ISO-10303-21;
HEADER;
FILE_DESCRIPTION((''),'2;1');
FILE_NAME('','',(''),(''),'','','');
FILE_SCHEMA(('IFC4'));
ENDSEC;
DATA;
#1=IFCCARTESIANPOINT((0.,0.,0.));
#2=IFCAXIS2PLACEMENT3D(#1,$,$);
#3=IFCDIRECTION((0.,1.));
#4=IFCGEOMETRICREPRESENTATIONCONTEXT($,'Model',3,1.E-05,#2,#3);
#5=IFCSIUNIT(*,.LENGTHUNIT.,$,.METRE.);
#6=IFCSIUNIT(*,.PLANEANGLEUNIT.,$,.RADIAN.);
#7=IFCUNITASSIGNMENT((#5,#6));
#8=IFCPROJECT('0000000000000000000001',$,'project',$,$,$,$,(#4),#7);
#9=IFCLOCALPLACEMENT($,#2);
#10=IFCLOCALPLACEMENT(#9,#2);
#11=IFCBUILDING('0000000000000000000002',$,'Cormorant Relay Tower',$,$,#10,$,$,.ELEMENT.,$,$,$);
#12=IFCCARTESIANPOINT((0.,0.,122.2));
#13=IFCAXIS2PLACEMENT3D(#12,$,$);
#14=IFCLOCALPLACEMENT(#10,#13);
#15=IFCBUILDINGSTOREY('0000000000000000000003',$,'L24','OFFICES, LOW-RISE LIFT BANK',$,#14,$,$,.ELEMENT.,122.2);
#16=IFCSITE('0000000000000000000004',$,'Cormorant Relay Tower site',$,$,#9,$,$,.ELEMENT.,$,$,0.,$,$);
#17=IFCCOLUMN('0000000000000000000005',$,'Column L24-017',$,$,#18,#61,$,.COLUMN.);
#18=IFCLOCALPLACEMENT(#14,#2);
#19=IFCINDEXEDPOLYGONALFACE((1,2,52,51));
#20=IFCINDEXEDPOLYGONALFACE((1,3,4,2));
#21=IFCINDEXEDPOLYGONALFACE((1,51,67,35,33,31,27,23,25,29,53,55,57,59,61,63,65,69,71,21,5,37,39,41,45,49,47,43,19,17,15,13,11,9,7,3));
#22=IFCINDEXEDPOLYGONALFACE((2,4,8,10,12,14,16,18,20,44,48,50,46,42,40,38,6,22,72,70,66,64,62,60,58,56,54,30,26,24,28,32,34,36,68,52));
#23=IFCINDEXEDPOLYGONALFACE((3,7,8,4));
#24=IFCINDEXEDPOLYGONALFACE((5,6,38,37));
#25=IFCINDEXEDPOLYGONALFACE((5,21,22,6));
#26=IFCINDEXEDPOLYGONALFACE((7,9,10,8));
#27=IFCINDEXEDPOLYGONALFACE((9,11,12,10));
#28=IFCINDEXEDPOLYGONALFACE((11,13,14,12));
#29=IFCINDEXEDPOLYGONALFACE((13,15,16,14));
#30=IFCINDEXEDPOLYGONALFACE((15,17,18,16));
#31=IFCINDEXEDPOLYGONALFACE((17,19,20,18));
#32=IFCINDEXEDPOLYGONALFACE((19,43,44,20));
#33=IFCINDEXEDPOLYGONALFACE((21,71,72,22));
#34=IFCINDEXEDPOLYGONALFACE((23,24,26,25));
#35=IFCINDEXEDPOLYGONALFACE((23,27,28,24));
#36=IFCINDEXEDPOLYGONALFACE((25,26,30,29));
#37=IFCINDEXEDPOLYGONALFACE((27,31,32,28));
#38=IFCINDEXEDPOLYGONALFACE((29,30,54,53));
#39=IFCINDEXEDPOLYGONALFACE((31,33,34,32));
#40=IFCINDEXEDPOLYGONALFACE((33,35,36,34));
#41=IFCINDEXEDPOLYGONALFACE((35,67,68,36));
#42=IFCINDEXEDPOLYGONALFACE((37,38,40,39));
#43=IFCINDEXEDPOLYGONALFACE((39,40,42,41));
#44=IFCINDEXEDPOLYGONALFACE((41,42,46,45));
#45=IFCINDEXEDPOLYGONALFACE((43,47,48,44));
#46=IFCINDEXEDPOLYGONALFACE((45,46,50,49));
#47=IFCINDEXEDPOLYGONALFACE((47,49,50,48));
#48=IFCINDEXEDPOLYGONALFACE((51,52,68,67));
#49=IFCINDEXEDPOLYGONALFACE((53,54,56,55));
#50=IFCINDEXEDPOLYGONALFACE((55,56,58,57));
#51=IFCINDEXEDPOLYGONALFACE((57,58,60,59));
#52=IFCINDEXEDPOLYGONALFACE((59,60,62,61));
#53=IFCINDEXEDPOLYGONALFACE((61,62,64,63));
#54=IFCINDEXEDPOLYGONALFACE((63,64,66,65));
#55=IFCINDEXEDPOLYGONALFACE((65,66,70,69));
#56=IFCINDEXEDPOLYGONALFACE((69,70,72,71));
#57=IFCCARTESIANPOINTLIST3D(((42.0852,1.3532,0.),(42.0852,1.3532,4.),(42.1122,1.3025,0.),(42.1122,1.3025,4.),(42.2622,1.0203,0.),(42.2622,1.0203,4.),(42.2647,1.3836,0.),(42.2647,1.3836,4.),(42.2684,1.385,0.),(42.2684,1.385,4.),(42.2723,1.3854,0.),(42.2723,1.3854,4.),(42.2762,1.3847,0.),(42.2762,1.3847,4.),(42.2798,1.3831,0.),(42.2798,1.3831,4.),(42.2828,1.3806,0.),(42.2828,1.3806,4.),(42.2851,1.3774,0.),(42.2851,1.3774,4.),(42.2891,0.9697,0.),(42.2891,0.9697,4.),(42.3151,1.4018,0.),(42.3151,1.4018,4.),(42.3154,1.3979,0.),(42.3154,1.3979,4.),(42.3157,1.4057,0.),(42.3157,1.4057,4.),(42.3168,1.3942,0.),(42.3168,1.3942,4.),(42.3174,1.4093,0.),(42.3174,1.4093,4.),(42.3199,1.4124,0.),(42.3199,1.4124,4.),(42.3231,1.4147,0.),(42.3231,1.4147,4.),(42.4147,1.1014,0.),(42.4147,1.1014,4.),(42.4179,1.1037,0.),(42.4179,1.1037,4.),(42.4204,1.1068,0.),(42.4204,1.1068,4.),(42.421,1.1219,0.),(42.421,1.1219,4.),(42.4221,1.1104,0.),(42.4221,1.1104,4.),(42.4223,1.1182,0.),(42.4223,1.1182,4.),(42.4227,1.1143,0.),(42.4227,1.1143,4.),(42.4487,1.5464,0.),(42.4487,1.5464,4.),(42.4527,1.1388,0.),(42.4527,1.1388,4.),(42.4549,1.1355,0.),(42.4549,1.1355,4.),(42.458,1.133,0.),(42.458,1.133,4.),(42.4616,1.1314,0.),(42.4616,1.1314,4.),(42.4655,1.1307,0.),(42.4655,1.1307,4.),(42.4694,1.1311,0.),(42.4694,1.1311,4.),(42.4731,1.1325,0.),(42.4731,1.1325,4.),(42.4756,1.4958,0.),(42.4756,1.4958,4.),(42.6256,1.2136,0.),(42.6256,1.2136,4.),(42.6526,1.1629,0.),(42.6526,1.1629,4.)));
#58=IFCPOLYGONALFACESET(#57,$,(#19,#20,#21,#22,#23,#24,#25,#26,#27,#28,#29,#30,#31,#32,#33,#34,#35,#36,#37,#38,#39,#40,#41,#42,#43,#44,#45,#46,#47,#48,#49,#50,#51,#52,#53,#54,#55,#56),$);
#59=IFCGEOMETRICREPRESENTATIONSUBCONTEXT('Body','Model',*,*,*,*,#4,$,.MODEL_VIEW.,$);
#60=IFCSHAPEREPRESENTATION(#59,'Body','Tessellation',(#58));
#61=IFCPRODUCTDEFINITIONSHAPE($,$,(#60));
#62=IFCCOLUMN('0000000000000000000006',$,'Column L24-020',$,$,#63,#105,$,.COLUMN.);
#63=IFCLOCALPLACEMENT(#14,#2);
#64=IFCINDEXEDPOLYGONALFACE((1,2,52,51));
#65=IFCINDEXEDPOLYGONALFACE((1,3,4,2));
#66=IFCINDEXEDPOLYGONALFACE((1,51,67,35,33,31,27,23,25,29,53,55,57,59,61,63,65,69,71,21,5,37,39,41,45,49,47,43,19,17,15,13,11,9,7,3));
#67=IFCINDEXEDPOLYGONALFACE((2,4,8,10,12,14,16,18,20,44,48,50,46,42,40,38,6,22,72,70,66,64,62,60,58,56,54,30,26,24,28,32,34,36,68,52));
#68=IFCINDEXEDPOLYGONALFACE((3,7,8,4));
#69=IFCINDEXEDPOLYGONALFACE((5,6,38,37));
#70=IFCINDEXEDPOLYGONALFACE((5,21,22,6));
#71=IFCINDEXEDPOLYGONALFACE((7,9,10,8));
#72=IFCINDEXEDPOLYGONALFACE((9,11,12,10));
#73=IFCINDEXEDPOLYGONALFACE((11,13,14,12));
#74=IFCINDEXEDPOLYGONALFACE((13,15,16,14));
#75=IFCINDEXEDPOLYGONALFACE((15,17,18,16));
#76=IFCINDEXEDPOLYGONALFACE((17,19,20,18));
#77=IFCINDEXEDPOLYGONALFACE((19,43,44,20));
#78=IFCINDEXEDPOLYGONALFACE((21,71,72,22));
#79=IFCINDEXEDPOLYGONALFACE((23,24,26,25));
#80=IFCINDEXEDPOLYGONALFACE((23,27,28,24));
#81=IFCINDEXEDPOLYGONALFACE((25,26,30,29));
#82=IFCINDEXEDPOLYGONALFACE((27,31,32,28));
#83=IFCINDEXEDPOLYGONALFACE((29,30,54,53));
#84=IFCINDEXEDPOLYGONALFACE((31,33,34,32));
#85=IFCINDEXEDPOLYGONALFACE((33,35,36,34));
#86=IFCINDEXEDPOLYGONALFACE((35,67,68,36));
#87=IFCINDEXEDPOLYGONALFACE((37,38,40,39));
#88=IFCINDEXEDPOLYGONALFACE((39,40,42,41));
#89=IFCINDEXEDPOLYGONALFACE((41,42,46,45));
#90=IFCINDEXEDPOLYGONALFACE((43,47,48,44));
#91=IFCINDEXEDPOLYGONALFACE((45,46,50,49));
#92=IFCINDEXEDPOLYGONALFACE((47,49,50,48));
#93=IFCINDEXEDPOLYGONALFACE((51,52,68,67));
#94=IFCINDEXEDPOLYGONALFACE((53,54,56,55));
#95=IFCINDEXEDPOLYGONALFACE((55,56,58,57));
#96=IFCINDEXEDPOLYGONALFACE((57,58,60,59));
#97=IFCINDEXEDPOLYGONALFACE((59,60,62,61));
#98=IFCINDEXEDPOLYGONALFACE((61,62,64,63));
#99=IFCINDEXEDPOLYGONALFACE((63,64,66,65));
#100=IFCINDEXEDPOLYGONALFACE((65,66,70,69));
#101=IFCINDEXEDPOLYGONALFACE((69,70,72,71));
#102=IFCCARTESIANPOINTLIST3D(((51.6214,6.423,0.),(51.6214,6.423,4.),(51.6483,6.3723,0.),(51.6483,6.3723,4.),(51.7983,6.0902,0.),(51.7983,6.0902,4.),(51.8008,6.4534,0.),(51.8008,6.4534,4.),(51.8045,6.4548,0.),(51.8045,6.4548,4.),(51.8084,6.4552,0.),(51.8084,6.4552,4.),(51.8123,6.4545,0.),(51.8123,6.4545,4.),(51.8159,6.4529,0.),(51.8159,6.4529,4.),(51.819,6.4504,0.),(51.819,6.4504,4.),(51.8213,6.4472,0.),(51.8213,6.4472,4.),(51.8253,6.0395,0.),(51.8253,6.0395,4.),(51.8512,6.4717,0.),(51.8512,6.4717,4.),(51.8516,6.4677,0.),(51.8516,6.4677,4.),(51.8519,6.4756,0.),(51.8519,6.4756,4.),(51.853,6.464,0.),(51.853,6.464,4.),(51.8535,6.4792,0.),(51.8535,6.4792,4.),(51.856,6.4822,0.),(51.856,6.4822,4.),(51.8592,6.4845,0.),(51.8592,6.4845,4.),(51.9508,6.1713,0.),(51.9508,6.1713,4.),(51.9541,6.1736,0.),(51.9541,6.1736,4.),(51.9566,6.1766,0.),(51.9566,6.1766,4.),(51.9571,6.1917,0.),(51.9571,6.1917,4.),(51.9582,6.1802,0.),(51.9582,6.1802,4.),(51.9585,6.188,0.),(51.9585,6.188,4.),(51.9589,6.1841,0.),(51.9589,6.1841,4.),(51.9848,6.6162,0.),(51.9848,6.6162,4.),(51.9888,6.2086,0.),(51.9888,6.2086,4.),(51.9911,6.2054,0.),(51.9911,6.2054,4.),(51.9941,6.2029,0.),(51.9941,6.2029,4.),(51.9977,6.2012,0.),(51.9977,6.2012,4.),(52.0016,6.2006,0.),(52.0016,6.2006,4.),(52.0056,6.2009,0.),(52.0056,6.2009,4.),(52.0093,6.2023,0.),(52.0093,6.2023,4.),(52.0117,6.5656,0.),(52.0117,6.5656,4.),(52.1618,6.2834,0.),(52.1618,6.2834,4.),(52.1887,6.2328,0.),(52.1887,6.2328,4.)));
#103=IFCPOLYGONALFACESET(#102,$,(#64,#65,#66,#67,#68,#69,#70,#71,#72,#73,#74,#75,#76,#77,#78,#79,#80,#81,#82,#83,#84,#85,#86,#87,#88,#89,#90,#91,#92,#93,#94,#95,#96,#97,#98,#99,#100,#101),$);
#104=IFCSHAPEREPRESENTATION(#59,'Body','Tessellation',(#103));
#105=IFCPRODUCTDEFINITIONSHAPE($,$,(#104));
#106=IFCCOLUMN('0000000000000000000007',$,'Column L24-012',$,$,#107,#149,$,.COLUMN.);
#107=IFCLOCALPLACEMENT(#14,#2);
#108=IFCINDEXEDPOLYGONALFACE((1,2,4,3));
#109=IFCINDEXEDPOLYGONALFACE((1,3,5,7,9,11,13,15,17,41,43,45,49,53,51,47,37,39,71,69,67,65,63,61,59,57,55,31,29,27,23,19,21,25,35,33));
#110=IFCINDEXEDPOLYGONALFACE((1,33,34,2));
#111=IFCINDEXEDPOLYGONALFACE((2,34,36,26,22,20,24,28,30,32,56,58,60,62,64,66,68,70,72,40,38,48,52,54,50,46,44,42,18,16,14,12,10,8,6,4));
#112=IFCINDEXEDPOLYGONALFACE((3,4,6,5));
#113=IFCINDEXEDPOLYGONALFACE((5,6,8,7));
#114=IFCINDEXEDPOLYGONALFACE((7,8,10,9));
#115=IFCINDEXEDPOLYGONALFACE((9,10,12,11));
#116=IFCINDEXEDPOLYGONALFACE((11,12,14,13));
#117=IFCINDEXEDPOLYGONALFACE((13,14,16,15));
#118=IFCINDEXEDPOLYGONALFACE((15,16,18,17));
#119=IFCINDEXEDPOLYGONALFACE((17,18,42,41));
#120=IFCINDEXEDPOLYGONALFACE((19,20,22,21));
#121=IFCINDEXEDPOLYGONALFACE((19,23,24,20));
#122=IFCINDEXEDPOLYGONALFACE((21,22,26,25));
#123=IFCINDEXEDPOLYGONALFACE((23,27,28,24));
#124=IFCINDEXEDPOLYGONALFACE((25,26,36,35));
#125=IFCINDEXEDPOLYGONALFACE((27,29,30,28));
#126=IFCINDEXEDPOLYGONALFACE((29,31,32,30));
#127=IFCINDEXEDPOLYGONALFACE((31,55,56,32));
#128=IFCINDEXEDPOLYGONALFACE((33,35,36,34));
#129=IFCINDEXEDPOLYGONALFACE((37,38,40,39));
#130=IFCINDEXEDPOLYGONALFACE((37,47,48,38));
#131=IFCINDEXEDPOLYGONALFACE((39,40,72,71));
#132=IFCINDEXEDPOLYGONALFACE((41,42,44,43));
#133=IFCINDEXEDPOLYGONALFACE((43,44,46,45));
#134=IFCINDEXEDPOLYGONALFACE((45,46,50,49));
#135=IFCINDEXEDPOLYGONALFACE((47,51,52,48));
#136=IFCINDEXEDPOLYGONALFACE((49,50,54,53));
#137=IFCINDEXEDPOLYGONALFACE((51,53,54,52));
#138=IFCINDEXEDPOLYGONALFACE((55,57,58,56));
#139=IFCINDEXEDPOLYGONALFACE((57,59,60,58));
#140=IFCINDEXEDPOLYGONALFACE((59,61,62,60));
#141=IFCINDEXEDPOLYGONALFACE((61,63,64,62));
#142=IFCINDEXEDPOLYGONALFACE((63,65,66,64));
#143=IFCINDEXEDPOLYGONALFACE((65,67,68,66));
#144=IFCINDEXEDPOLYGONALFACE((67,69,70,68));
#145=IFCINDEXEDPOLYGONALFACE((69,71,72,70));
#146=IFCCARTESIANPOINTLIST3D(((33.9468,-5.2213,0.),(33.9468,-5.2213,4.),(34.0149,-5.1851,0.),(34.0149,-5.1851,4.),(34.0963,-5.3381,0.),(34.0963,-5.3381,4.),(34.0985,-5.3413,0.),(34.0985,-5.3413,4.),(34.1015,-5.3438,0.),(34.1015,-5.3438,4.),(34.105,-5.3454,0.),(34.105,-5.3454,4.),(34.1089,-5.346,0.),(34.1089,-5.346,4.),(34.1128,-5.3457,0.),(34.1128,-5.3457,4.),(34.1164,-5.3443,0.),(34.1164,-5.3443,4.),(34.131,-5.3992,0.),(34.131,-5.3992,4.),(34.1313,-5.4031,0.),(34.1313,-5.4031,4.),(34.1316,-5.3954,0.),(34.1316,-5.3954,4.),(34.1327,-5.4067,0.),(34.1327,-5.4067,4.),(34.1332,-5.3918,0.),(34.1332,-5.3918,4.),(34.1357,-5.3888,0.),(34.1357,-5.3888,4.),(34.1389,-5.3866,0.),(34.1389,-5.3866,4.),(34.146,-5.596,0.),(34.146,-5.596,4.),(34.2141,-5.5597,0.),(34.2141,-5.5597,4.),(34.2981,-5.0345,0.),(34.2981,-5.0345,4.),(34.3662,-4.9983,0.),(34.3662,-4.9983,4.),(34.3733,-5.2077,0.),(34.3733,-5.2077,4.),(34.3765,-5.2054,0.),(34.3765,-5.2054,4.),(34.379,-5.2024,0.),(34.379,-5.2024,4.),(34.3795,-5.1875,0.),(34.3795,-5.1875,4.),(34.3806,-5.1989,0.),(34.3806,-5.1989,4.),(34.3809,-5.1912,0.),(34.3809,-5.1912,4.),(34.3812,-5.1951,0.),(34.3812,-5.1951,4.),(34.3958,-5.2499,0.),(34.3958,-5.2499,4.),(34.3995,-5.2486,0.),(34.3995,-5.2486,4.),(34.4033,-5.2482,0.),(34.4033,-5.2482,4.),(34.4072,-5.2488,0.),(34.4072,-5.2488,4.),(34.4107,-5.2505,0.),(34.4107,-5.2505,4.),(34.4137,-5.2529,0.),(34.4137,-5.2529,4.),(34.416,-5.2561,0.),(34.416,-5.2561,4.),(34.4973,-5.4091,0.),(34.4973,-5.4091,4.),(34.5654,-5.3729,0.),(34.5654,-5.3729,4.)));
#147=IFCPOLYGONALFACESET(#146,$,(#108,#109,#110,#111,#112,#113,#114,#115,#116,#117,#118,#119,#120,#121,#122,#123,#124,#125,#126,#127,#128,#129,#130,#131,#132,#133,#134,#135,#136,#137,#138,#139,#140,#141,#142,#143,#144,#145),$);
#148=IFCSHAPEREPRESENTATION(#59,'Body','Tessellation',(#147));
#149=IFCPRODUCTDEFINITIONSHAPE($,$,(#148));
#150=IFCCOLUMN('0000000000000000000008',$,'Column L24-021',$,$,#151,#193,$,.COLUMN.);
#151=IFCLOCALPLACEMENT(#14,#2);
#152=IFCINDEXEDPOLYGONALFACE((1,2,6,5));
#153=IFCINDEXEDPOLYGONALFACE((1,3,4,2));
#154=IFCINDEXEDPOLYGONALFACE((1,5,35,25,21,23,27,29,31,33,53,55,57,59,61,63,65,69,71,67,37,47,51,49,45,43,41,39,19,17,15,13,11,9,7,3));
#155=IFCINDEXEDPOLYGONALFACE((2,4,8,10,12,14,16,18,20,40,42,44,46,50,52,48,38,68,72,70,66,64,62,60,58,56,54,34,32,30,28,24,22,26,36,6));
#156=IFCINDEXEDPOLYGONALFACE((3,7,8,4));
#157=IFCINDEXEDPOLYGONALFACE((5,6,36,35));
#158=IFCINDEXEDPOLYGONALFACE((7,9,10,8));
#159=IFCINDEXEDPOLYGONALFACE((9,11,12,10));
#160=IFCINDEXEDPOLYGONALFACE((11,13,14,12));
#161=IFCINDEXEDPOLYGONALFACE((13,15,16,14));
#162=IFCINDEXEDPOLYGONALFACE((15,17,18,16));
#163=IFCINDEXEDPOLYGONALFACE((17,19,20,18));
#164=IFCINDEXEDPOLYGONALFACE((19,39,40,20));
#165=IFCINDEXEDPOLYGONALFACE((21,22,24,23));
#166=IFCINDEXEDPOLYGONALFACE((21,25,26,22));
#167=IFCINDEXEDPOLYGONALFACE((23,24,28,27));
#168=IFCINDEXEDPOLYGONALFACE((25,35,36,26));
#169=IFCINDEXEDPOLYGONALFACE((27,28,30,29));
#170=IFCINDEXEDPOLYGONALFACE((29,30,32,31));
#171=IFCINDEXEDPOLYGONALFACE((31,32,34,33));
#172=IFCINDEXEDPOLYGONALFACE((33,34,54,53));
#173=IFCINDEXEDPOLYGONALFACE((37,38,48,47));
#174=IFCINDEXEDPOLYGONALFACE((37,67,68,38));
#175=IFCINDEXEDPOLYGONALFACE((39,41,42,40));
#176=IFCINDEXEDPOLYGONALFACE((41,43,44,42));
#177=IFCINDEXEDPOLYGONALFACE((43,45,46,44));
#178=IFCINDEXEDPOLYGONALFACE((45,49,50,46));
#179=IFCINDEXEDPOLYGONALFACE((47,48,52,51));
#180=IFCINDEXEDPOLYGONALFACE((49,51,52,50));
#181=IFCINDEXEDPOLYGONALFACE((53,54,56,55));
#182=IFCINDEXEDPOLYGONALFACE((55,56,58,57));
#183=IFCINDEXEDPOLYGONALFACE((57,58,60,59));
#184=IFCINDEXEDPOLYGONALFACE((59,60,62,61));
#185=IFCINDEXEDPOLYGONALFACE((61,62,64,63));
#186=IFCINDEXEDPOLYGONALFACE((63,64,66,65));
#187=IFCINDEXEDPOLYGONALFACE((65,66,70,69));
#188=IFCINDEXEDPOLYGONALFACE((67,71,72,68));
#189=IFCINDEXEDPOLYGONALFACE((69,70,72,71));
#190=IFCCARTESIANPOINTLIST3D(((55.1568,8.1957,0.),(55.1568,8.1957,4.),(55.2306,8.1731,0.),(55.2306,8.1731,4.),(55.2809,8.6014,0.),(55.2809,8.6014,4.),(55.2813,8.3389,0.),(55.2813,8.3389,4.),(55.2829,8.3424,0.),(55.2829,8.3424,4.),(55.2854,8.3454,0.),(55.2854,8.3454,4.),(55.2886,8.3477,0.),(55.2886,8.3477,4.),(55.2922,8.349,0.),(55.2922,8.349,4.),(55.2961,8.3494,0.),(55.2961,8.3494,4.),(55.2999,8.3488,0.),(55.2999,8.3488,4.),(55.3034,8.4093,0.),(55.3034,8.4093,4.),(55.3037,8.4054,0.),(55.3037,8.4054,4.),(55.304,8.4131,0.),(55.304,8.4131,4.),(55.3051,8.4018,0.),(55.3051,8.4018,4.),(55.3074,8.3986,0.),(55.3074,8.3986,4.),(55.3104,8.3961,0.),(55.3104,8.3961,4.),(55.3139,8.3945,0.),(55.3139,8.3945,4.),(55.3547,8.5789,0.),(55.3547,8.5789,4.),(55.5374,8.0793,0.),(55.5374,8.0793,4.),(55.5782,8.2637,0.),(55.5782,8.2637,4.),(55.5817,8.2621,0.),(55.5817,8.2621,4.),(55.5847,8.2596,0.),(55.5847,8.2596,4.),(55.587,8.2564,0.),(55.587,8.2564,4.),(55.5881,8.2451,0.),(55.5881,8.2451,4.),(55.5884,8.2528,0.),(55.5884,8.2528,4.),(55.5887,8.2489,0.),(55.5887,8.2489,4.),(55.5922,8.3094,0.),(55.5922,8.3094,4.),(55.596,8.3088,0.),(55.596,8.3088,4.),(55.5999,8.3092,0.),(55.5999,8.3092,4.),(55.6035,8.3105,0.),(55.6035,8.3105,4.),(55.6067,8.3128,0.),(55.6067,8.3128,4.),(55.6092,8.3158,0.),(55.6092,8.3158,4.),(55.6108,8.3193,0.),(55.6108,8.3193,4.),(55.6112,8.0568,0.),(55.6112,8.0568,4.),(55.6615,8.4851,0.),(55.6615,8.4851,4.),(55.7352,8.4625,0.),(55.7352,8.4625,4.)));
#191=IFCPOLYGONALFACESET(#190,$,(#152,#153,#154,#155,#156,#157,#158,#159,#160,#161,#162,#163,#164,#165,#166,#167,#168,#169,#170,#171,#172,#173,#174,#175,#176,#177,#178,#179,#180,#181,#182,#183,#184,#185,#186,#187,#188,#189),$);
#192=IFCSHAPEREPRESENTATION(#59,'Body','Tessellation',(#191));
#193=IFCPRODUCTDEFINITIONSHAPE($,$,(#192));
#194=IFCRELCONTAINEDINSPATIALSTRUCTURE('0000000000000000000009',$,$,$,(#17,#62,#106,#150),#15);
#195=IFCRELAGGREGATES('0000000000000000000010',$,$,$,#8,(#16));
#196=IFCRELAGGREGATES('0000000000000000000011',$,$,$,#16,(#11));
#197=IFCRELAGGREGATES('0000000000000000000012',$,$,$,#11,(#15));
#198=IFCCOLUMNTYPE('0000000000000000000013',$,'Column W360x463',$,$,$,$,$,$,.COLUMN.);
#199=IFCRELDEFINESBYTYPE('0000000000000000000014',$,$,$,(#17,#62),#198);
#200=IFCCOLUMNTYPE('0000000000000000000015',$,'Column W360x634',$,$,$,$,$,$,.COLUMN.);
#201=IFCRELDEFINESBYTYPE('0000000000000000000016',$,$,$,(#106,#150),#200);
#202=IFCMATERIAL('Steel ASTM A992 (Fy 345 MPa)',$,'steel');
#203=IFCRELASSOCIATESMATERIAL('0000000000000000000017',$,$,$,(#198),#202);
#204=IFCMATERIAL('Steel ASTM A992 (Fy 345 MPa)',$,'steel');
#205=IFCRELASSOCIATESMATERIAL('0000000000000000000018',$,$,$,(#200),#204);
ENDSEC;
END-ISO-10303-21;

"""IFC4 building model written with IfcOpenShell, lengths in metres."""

from ifc_helpers import new_model, si_unit, direction, frame, origin, origin_2d, place, context, subcontext, project, spatial, i_section, extrude, material, material_profile, profile_set, type_object, element, save


model = new_model("IFC4")

# Units and contexts
model_context = context("Model", 3, precision=1e-05, world=origin(), true_north=direction((0.0, 1.0)))
body_context = subcontext(model_context, "Body", "Model", "MODEL_VIEW")
ifc_project = project(units=[si_unit("LENGTHUNIT", "METRE"), si_unit("PLANEANGLEUNIT", "RADIAN")], contexts=[model_context])

# Site, building, storey
site_placement = place(None, origin())
site = spatial("IfcSite", under=ifc_project, at=site_placement, Name="Cormorant Relay Tower site", CompositionType="ELEMENT", RefElevation=0.0)
building_placement = place(site_placement, origin())
building = spatial("IfcBuilding", under=site, at=building_placement, Name="Cormorant Relay Tower", CompositionType="ELEMENT")
storey_placement = place(building_placement, frame((0.0, 0.0, 122.2)))
storey = spatial("IfcBuildingStorey", under=building, at=storey_placement, Name="L24", Description="OFFICES, LOW-RISE LIFT BANK", CompositionType="ELEMENT", Elevation=122.2)

# Columns
ifc_material_1 = material(Name="Steel ASTM A992 (Fy 345 MPa)", Category="steel")
ifc_material_profile_1 = material_profile(ifc_material_1, i_section(OverallWidth=0.4116, OverallDepth=0.4343, WebThickness=0.0359, FlangeThickness=0.0574, FilletRadius=0.0151, at=origin_2d()), Name="W360x463")
ifc_profile_set_1 = profile_set([ifc_material_profile_1], Name="Steel ASTM A992 (Fy 345 MPa)")
column_type_1 = type_object("IfcColumnType", Name="Column W360x463", PredefinedType="COLUMN", material=ifc_profile_set_1)
for number, where, z_axis, x_axis, name in (
    (1, (42.3689, 1.2581, 0.0), (0.0, 0.0, 1.0), (0.882948, 0.469472, 0.0), "Column L24-017"),
    (2, (51.905, 6.3279, 0.0), (0.0, 0.0, 1.0), (0.882948, 0.469472, 0.0), "Column L24-020"),
):
    element("IfcColumn", number, at=place(storey_placement, frame(where, z_axis=z_axis, x_axis=x_axis)), inside=storey, type_object=column_type_1, Name=name, PredefinedType="COLUMN", context=body_context, shape_type="SweptSolid", body=[
        extrude(i_section(OverallWidth=0.4116, OverallDepth=0.4343, WebThickness=0.0359, FlangeThickness=0.0574, FilletRadius=0.0151, at=origin_2d()), origin(), (0.0, 0.0, 1.0), 4.0),
    ])
ifc_material_2 = material(Name="Steel ASTM A992 (Fy 345 MPa)", Category="steel")
ifc_material_profile_2 = material_profile(ifc_material_2, i_section(OverallWidth=0.4243, OverallDepth=0.4751, WebThickness=0.0479, FlangeThickness=0.0771, FilletRadius=0.0149, at=origin_2d()), Name="W360x634")
ifc_profile_set_2 = profile_set([ifc_material_profile_2], Name="Steel ASTM A992 (Fy 345 MPa)")
column_type_2 = type_object("IfcColumnType", Name="Column W360x634", PredefinedType="COLUMN", material=ifc_profile_set_2)
for number, where, z_axis, x_axis, name in (
    (3, (34.2561, -5.2971, 0.0), (0.0, 0.0, 1.0), (-0.469472, 0.882948, 0.0), "Column L24-012"),
    (4, (55.446, 8.3291, 0.0), (0.0, 0.0, 1.0), (0.292372, 0.956305, 0.0), "Column L24-021"),
):
    element("IfcColumn", number, at=place(storey_placement, frame(where, z_axis=z_axis, x_axis=x_axis)), inside=storey, type_object=column_type_2, Name=name, PredefinedType="COLUMN", context=body_context, shape_type="SweptSolid", body=[
        extrude(i_section(OverallWidth=0.4243, OverallDepth=0.4751, WebThickness=0.0479, FlangeThickness=0.0771, FilletRadius=0.0149, at=origin_2d()), origin(), (0.0, 0.0, 1.0), 4.0),
    ])

save(model, "model.ifc")
